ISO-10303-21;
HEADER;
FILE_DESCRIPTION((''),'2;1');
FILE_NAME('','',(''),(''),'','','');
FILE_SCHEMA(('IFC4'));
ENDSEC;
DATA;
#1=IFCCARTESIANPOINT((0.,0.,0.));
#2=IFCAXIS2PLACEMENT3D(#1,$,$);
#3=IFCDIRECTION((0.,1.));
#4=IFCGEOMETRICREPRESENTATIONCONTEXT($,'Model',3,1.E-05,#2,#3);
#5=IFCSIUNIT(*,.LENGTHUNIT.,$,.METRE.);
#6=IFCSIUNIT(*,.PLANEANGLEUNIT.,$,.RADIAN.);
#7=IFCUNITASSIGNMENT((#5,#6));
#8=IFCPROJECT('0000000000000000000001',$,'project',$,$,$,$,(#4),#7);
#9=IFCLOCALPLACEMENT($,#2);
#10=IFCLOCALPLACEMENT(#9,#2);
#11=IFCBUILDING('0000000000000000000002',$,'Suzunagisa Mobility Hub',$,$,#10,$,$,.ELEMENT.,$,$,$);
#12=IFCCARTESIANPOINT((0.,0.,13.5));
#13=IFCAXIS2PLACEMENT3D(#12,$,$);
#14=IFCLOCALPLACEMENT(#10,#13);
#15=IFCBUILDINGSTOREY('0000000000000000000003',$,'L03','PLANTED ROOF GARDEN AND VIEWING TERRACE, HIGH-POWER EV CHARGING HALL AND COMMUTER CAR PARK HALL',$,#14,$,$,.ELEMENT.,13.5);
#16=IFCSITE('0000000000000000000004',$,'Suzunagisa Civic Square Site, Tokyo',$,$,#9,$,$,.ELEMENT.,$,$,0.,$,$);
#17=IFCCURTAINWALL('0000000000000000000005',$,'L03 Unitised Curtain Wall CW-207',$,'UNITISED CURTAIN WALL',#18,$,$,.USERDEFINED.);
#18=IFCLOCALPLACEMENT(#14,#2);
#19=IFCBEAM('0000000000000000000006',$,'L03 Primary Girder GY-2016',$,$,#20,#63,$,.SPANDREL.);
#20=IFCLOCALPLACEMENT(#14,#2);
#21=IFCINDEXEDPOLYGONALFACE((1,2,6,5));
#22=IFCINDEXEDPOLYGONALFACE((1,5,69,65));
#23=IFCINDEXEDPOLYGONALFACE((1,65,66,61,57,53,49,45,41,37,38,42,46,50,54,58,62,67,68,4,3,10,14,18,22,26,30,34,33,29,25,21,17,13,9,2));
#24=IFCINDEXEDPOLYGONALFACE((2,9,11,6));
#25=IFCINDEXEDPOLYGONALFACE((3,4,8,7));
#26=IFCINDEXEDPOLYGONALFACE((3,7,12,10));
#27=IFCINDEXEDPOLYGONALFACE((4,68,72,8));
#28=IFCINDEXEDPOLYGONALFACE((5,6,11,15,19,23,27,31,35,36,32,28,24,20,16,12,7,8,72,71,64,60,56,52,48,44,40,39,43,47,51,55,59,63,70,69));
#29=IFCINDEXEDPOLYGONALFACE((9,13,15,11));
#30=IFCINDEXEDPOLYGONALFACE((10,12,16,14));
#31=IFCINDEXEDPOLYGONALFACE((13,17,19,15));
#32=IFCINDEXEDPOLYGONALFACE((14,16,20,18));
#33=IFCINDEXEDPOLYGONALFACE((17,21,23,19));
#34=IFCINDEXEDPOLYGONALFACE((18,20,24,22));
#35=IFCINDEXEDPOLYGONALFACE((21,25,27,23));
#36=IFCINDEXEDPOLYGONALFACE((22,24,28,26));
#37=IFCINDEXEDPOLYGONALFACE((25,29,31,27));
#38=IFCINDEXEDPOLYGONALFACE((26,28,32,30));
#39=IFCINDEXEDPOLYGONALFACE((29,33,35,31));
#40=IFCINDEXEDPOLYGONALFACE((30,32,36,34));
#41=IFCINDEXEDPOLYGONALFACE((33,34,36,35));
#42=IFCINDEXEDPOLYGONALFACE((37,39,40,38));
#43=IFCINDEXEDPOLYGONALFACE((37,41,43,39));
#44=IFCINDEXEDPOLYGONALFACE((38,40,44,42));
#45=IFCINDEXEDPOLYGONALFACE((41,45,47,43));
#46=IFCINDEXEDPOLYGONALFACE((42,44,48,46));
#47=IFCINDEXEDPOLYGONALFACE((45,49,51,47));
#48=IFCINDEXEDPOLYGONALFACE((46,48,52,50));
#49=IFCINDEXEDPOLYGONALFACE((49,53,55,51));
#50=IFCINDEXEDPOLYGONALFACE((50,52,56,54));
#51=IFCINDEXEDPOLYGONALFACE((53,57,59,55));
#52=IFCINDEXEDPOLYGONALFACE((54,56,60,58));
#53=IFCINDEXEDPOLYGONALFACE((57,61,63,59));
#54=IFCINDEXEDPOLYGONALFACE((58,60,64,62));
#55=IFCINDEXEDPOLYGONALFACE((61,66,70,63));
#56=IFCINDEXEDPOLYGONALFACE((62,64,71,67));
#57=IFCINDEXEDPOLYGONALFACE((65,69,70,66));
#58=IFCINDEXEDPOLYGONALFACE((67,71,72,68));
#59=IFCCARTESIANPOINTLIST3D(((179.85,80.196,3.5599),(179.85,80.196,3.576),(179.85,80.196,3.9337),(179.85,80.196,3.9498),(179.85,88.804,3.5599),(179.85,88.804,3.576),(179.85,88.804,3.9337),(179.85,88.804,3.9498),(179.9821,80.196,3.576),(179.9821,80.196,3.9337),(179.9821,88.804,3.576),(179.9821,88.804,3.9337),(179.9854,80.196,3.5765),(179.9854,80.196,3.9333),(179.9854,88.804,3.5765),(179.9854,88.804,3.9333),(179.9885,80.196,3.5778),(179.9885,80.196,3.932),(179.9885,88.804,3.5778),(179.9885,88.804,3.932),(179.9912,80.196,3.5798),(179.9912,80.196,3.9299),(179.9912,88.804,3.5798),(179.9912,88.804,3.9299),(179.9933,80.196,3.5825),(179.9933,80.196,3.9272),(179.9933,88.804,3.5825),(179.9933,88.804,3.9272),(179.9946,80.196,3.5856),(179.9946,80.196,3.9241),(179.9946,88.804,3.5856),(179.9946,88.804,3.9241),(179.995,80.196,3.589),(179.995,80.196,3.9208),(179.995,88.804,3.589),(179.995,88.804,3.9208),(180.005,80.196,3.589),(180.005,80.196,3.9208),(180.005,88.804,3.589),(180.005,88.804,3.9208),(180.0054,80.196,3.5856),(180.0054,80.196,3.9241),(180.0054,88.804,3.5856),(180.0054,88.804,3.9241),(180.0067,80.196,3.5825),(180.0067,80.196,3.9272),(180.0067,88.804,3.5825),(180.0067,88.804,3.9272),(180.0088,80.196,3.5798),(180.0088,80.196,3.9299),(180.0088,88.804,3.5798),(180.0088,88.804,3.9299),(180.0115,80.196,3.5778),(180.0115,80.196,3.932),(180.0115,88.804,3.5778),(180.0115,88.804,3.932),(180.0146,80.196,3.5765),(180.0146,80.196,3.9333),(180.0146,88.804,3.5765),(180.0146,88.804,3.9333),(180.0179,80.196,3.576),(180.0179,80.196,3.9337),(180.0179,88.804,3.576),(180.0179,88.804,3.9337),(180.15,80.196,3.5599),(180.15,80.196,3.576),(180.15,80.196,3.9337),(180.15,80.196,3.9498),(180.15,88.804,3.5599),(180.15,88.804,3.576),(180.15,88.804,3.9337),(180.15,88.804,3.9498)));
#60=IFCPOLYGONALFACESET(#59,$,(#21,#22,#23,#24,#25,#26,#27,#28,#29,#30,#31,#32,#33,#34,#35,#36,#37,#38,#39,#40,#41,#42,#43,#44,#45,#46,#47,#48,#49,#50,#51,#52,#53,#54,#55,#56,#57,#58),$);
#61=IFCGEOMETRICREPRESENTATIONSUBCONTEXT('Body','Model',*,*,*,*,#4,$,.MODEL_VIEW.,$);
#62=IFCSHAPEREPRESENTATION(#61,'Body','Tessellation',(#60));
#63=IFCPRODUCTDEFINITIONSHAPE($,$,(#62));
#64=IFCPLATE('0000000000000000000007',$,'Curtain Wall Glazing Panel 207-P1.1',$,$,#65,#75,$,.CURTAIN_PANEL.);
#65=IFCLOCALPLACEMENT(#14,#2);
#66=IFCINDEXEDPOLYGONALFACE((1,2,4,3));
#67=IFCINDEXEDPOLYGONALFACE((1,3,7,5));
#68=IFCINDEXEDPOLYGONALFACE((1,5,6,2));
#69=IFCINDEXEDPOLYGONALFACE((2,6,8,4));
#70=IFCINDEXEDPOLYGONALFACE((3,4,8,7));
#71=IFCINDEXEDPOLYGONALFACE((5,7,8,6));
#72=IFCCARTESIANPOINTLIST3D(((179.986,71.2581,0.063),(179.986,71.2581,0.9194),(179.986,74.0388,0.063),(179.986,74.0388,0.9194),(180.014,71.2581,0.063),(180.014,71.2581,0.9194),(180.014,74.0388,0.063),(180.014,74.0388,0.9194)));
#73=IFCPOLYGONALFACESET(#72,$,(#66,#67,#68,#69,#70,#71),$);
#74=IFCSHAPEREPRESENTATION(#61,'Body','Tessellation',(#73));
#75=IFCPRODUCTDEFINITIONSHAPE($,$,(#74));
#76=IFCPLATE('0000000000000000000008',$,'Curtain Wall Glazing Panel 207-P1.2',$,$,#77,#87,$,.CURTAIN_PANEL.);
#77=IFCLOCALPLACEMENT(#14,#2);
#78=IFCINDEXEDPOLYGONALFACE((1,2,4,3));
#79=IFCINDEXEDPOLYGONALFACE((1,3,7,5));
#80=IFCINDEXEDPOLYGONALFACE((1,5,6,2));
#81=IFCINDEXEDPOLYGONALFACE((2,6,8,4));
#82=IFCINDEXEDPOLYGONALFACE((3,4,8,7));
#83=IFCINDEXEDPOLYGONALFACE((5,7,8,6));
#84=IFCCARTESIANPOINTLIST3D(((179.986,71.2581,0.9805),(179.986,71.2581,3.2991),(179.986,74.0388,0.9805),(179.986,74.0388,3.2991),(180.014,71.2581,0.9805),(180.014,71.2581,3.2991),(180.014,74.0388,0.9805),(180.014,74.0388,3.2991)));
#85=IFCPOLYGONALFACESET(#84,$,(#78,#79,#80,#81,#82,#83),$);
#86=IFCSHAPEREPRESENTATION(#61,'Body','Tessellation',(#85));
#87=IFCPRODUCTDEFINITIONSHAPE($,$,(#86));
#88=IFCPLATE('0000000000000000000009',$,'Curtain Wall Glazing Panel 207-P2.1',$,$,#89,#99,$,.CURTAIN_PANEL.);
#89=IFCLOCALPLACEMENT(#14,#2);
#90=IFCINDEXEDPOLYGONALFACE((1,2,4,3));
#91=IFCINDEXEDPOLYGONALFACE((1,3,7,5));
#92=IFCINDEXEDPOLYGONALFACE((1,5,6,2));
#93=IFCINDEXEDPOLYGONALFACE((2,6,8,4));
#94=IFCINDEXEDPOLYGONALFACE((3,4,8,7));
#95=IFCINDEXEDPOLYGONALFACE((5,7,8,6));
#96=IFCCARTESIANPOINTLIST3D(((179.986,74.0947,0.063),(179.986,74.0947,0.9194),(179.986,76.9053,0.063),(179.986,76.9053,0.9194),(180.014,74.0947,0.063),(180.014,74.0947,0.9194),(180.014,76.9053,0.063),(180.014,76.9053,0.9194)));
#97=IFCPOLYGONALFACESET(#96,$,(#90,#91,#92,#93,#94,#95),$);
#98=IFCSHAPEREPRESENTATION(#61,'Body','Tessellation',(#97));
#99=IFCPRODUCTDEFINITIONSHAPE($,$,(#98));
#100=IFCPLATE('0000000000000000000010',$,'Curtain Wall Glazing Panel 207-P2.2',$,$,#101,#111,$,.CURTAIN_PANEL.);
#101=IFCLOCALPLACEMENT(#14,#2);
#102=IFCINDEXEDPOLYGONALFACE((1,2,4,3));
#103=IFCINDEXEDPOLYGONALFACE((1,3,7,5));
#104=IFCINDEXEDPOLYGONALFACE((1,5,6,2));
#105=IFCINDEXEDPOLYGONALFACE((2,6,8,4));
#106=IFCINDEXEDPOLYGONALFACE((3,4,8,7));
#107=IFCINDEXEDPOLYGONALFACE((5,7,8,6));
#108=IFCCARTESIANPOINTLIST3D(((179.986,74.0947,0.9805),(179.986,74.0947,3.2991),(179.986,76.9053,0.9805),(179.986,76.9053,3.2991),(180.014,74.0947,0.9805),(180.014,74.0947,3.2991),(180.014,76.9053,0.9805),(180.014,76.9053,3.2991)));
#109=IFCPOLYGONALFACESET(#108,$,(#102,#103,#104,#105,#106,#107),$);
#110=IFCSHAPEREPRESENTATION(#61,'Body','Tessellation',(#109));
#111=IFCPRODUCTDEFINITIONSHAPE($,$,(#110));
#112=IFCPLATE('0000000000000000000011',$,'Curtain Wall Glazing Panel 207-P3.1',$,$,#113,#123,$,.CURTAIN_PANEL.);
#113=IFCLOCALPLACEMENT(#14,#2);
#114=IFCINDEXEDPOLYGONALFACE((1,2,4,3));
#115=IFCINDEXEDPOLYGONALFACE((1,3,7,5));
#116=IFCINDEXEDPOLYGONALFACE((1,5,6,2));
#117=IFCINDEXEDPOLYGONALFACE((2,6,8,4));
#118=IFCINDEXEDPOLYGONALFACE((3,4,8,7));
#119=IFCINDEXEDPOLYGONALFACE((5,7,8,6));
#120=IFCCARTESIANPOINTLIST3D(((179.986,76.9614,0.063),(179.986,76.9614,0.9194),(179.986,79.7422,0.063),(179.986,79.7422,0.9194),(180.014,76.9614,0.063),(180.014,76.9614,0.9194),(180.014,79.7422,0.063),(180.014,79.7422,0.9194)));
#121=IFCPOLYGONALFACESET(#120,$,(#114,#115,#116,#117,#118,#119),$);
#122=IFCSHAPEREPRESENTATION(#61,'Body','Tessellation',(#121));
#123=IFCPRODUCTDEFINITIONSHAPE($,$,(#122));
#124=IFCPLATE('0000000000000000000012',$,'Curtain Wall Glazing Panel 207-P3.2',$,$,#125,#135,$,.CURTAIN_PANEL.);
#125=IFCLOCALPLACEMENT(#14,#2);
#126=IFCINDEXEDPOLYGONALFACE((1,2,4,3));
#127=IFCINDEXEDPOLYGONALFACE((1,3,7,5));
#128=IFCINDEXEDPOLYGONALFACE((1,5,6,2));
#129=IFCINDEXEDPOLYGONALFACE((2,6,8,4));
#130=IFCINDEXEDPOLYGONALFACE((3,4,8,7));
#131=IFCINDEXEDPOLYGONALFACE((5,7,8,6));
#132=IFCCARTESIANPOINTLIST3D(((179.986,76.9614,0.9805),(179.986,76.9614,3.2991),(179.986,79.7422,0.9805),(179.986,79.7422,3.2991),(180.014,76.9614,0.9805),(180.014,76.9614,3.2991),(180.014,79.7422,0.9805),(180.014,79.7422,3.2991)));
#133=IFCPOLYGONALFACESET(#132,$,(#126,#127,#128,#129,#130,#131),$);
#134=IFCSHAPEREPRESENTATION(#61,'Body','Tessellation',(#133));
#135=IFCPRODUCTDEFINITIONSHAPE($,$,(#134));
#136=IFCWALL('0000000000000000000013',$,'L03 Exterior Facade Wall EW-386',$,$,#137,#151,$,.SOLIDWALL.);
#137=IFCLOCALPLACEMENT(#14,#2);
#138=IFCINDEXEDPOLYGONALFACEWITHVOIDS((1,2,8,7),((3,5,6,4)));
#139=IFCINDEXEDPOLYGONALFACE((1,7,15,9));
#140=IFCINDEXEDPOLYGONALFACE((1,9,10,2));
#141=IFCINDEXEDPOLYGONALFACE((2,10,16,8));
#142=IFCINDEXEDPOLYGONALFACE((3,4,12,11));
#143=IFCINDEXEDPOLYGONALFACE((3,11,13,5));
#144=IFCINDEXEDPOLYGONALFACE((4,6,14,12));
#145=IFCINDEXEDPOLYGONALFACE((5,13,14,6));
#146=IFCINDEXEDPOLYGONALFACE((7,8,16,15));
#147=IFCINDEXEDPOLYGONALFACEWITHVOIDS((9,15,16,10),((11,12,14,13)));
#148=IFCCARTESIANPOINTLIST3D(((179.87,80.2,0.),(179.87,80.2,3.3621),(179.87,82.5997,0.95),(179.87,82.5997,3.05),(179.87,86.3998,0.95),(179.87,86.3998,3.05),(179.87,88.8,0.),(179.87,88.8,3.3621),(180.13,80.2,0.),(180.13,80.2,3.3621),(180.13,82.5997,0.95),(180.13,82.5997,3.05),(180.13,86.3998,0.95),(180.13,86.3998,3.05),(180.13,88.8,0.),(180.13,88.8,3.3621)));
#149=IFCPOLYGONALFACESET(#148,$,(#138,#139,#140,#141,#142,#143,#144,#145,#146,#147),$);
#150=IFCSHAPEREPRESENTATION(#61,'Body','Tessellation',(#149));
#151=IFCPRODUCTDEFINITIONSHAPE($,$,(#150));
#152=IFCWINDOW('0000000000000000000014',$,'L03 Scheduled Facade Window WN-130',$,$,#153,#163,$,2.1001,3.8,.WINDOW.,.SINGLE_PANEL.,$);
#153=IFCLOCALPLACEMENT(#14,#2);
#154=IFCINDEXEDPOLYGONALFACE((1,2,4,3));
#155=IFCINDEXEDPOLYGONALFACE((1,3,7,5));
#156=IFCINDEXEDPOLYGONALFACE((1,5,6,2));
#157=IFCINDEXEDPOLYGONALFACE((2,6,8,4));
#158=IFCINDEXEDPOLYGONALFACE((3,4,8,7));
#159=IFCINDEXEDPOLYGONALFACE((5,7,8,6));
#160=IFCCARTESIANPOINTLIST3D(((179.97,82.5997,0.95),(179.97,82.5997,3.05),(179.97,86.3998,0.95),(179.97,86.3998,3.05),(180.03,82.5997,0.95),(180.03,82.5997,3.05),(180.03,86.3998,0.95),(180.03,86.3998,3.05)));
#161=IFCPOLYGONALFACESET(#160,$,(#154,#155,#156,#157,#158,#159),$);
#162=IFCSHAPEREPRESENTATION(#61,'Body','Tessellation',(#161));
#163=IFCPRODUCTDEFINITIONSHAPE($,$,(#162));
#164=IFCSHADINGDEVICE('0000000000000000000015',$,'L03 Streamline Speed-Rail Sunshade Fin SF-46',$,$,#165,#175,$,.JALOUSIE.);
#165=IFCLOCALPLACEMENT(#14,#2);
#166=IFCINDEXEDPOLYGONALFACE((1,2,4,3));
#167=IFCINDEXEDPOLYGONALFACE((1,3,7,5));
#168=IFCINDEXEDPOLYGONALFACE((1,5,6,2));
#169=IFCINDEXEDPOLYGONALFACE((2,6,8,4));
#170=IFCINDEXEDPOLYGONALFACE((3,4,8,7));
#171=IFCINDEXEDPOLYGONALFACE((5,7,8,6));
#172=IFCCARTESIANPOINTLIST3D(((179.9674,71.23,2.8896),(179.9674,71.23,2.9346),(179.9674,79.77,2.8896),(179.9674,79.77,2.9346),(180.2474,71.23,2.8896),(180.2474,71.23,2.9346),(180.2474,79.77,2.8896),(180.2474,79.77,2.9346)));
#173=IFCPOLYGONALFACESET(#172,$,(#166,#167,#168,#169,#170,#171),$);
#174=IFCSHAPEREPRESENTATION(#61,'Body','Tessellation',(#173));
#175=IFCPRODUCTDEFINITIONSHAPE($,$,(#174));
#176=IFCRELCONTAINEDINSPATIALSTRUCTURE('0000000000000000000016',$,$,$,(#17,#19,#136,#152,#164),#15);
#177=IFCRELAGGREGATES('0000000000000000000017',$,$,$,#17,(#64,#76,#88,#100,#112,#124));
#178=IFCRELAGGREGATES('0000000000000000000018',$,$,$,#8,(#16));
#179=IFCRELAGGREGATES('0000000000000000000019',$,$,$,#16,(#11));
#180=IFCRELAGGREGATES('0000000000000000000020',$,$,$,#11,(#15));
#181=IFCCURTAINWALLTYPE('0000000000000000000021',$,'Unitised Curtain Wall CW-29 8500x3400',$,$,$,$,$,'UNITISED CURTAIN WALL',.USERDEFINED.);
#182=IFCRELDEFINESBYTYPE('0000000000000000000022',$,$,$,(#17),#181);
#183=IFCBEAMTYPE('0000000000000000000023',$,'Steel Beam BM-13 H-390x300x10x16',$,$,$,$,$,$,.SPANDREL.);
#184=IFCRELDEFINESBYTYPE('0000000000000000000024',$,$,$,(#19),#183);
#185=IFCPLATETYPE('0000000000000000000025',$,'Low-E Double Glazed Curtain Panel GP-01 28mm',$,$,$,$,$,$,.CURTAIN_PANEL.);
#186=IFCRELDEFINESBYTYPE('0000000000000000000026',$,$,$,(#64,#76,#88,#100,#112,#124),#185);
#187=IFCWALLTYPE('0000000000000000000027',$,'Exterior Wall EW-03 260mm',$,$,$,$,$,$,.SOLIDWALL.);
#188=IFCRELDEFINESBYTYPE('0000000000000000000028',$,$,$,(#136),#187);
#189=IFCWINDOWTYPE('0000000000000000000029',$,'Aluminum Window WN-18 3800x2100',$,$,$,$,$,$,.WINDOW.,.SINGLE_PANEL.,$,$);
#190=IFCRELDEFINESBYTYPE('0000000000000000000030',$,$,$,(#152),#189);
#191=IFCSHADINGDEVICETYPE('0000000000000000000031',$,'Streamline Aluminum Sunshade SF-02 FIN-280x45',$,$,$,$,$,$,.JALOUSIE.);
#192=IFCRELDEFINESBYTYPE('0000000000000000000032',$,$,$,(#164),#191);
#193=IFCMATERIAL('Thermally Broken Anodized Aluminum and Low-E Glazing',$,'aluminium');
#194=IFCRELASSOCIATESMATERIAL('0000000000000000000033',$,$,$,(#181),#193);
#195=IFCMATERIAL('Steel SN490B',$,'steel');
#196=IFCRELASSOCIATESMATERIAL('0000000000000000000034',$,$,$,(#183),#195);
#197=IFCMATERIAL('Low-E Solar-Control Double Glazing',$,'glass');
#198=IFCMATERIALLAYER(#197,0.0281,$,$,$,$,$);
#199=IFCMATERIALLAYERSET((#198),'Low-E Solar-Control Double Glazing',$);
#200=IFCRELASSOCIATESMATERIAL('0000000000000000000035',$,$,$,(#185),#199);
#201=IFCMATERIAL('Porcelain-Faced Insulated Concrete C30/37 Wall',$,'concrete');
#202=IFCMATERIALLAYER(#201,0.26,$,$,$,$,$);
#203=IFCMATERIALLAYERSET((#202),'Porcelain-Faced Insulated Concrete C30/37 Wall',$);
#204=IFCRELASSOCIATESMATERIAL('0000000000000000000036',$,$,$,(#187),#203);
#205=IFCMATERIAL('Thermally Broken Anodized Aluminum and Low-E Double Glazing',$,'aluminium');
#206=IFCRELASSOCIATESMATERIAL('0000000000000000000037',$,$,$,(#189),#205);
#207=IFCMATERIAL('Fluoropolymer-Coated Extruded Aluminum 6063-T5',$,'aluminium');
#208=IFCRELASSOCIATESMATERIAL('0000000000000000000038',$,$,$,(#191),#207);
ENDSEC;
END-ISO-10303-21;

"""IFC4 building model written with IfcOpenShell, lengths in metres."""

from ifc_helpers import new_model, si_unit, direction, frame, frame_2d, origin, origin_2d, place, context, subcontext, project, spatial, rectangle, i_section, extrude, material, layer, layer_set, material_profile, profile_set, type_object, element, fill, aggregate, save


model = new_model("IFC4")

# Units and contexts
model_context = context("Model", 3, precision=1e-05, world=origin(), true_north=direction((0.0, 1.0)))
body_context = subcontext(model_context, "Body", "Model", "MODEL_VIEW")
ifc_project = project(units=[si_unit("LENGTHUNIT", "METRE"), si_unit("PLANEANGLEUNIT", "RADIAN")], contexts=[model_context])

# Site, building, storey
site_placement = place(None, origin())
site = spatial("IfcSite", under=ifc_project, at=site_placement, Name="Suzunagisa Civic Square Site, Tokyo", CompositionType="ELEMENT", RefElevation=0.0)
building_placement = place(site_placement, origin())
building = spatial("IfcBuilding", under=site, at=building_placement, Name="Suzunagisa Mobility Hub", CompositionType="ELEMENT")
storey_placement = place(building_placement, frame((0.0, 0.0, 13.5)))
storey = spatial("IfcBuildingStorey", under=building, at=storey_placement, Name="L03", Description="PLANTED ROOF GARDEN AND VIEWING TERRACE, HIGH-POWER EV CHARGING HALL AND COMMUTER CAR PARK HALL", CompositionType="ELEMENT", Elevation=13.5)

# Shared definitions
ifc_material_1 = material(Name="Steel SN490B", Category="steel")

# Curtain wall
ifc_material_2 = material(Name="Thermally Broken Anodized Aluminum and Low-E Glazing", Category="aluminium")
curtain_wall_type = type_object("IfcCurtainWallType", Name="Unitised Curtain Wall CW-29 8500x3400", ElementType="UNITISED CURTAIN WALL", PredefinedType="USERDEFINED", material=ifc_material_2)
curtain_wall_placement = place(storey_placement, origin())
curtain_wall = element("IfcCurtainWall", 1, at=curtain_wall_placement, inside=storey, type_object=curtain_wall_type, Name="L03 Unitised Curtain Wall CW-207", ObjectType="UNITISED CURTAIN WALL", PredefinedType="USERDEFINED")

# Beam
ifc_material_profile_1 = material_profile(ifc_material_1, i_section(OverallWidth=0.3, OverallDepth=0.3899, WebThickness=0.01, FlangeThickness=0.0161, FilletRadius=0.0129, at=origin_2d()), Name="H-390x300x10x16")
ifc_profile_set_1 = profile_set([ifc_material_profile_1], Name="Steel SN490B")
beam_type = type_object("IfcBeamType", Name="Steel Beam BM-13 H-390x300x10x16", PredefinedType="SPANDREL", material=ifc_profile_set_1)
beam_placement = place(storey_placement, frame((180.0, 80.196, 3.7549), z_axis=(0.0, 1.0, 0.0), x_axis=(-1.0, 0.0, 0.0)))
element("IfcBeam", 2, at=beam_placement, inside=storey, type_object=beam_type, Name="L03 Primary Girder GY-2016", PredefinedType="SPANDREL", context=body_context, shape_type="SweptSolid", body=[
    extrude(i_section(OverallWidth=0.3, OverallDepth=0.3899, WebThickness=0.01, FlangeThickness=0.0161, FilletRadius=0.0129, at=origin_2d()), origin(), (0.0, 0.0, 1.0), 8.6079),
])

# Plates
ifc_material_3 = material(Name="Low-E Solar-Control Double Glazing", Category="glass")
ifc_layer_1 = layer(ifc_material_3, 0.0281)
ifc_layer_set_1 = layer_set([ifc_layer_1], Name="Low-E Solar-Control Double Glazing")
plate_type = type_object("IfcPlateType", Name="Low-E Double Glazed Curtain Panel GP-01 28mm", PredefinedType="CURTAIN_PANEL", material=ifc_layer_set_1)
plate_1_placement = place(storey_placement, frame((180.0, 72.6484, 0.063), z_axis=(0.0, 0.0, 1.0), x_axis=(0.0, 1.0, 0.0)))
plate_1 = element("IfcPlate", 3, at=plate_1_placement, type_object=plate_type, Name="Curtain Wall Glazing Panel 207-P1.1", PredefinedType="CURTAIN_PANEL", context=body_context, shape_type="SweptSolid", body=[
    extrude(rectangle(XDim=2.7808, YDim=0.0281, at=origin_2d()), origin(), (0.0, 0.0, 1.0), 0.8564),
])
plate_2_placement = place(storey_placement, frame((180.0, 72.6484, 0.9805), z_axis=(0.0, 0.0, 1.0), x_axis=(0.0, 1.0, 0.0)))
plate_2 = element("IfcPlate", 4, at=plate_2_placement, type_object=plate_type, Name="Curtain Wall Glazing Panel 207-P1.2", PredefinedType="CURTAIN_PANEL", context=body_context, shape_type="SweptSolid", body=[
    extrude(rectangle(XDim=2.7808, YDim=0.0281, at=origin_2d()), origin(), (0.0, 0.0, 1.0), 2.3186),
])
plate_3_placement = place(storey_placement, frame((180.0, 75.5, 0.063), z_axis=(0.0, 0.0, 1.0), x_axis=(0.0, 1.0, 0.0)))
plate_3 = element("IfcPlate", 5, at=plate_3_placement, type_object=plate_type, Name="Curtain Wall Glazing Panel 207-P2.1", PredefinedType="CURTAIN_PANEL", context=body_context, shape_type="SweptSolid", body=[
    extrude(rectangle(XDim=2.8105, YDim=0.0281, at=origin_2d()), origin(), (0.0, 0.0, 1.0), 0.8564),
])
plate_4_placement = place(storey_placement, frame((180.0, 75.5, 0.9805), z_axis=(0.0, 0.0, 1.0), x_axis=(0.0, 1.0, 0.0)))
plate_4 = element("IfcPlate", 6, at=plate_4_placement, type_object=plate_type, Name="Curtain Wall Glazing Panel 207-P2.2", PredefinedType="CURTAIN_PANEL", context=body_context, shape_type="SweptSolid", body=[
    extrude(rectangle(XDim=2.8105, YDim=0.0281, at=origin_2d()), origin(), (0.0, 0.0, 1.0), 2.3186),
])
plate_5_placement = place(storey_placement, frame((180.0, 78.3518, 0.063), z_axis=(0.0, 0.0, 1.0), x_axis=(0.0, 1.0, 0.0)))
plate_5 = element("IfcPlate", 7, at=plate_5_placement, type_object=plate_type, Name="Curtain Wall Glazing Panel 207-P3.1", PredefinedType="CURTAIN_PANEL", context=body_context, shape_type="SweptSolid", body=[
    extrude(rectangle(XDim=2.7808, YDim=0.0281, at=origin_2d()), origin(), (0.0, 0.0, 1.0), 0.8564),
])
plate_6_placement = place(storey_placement, frame((180.0, 78.3518, 0.9805), z_axis=(0.0, 0.0, 1.0), x_axis=(0.0, 1.0, 0.0)))
plate_6 = element("IfcPlate", 8, at=plate_6_placement, type_object=plate_type, Name="Curtain Wall Glazing Panel 207-P3.2", PredefinedType="CURTAIN_PANEL", context=body_context, shape_type="SweptSolid", body=[
    extrude(rectangle(XDim=2.7808, YDim=0.0281, at=origin_2d()), origin(), (0.0, 0.0, 1.0), 2.3186),
])
aggregate(curtain_wall, [plate_1, plate_2, plate_3, plate_4, plate_5, plate_6])

# Wall, opening, window
ifc_material_4 = material(Name="Porcelain-Faced Insulated Concrete C30/37 Wall", Category="concrete")
ifc_layer_2 = layer(ifc_material_4, 0.26)
ifc_layer_set_2 = layer_set([ifc_layer_2], Name="Porcelain-Faced Insulated Concrete C30/37 Wall")
wall_type = type_object("IfcWallType", Name="Exterior Wall EW-03 260mm", PredefinedType="SOLIDWALL", material=ifc_layer_set_2)
wall_placement = place(storey_placement, frame((180.0, 80.2, 0.0), z_axis=(0.0, 0.0, 1.0), x_axis=(0.0, 1.0, 0.0)))
wall = element("IfcWall", 9, at=wall_placement, inside=storey, type_object=wall_type, Name="L03 Exterior Facade Wall EW-386", PredefinedType="SOLIDWALL", context=body_context, shape_type="SweptSolid", body=[
    extrude(rectangle(XDim=8.6001, YDim=0.26, at=frame_2d((4.3, 0.0))), origin(), (0.0, 0.0, 1.0), 3.3621),
])
opening_placement = place(wall_placement, frame((2.3999, 0.0, 0.95)))
opening = element("IfcOpeningElement", 10, at=opening_placement, cuts=wall, PredefinedType="OPENING", context=body_context, shape_type="SweptSolid", body=[
    extrude(rectangle(XDim=3.8, YDim=2.1001, at=frame_2d((1.8999, 1.05))), frame((0.0, 0.1411, 0.0), z_axis=(0.0, -1.0, 0.0), x_axis=(1.0, 0.0, 0.0)), (0.0, 0.0, 1.0), 0.282),
])
ifc_material_5 = material(Name="Thermally Broken Anodized Aluminum and Low-E Double Glazing", Category="aluminium")
window_type = type_object("IfcWindowType", Name="Aluminum Window WN-18 3800x2100", PartitioningType="SINGLE_PANEL", PredefinedType="WINDOW", material=ifc_material_5)
window_placement = place(opening_placement, origin())
window = element("IfcWindow", 11, at=window_placement, inside=storey, type_object=window_type, Name="L03 Scheduled Facade Window WN-130", OverallHeight=2.1001, OverallWidth=3.8, PartitioningType="SINGLE_PANEL", PredefinedType="WINDOW", context=body_context, shape_type="SweptSolid", body=[
    extrude(rectangle(XDim=3.8, YDim=2.1001, at=frame_2d((1.8999, 1.05))), frame((0.0, 0.03, 0.0), z_axis=(0.0, -1.0, 0.0), x_axis=(1.0, 0.0, 0.0)), (0.0, 0.0, 1.0), 0.0601),
])
fill(opening, window)

# Shading device
ifc_material_6 = material(Name="Fluoropolymer-Coated Extruded Aluminum 6063-T5", Category="aluminium")
ifc_material_profile_2 = material_profile(ifc_material_6, rectangle(XDim=0.28, YDim=0.0449, at=origin_2d()), Name="FIN-280x45")
ifc_profile_set_2 = profile_set([ifc_material_profile_2], Name="Fluoropolymer-Coated Extruded Aluminum 6063-T5")
shading_device_type = type_object("IfcShadingDeviceType", Name="Streamline Aluminum Sunshade SF-02 FIN-280x45", PredefinedType="JALOUSIE", material=ifc_profile_set_2)
shading_device_placement = place(storey_placement, frame((180.1074, 71.23, 2.9121), z_axis=(0.0, 1.0, 0.0), x_axis=(-1.0, 0.0, 0.0)))
element("IfcShadingDevice", 12, at=shading_device_placement, inside=storey, type_object=shading_device_type, Name="L03 Streamline Speed-Rail Sunshade Fin SF-46", PredefinedType="JALOUSIE", context=body_context, shape_type="SweptSolid", body=[
    extrude(rectangle(XDim=0.28, YDim=0.0449, at=origin_2d()), origin(), (0.0, 0.0, 1.0), 8.54),
])

save(model, "model.ifc")
